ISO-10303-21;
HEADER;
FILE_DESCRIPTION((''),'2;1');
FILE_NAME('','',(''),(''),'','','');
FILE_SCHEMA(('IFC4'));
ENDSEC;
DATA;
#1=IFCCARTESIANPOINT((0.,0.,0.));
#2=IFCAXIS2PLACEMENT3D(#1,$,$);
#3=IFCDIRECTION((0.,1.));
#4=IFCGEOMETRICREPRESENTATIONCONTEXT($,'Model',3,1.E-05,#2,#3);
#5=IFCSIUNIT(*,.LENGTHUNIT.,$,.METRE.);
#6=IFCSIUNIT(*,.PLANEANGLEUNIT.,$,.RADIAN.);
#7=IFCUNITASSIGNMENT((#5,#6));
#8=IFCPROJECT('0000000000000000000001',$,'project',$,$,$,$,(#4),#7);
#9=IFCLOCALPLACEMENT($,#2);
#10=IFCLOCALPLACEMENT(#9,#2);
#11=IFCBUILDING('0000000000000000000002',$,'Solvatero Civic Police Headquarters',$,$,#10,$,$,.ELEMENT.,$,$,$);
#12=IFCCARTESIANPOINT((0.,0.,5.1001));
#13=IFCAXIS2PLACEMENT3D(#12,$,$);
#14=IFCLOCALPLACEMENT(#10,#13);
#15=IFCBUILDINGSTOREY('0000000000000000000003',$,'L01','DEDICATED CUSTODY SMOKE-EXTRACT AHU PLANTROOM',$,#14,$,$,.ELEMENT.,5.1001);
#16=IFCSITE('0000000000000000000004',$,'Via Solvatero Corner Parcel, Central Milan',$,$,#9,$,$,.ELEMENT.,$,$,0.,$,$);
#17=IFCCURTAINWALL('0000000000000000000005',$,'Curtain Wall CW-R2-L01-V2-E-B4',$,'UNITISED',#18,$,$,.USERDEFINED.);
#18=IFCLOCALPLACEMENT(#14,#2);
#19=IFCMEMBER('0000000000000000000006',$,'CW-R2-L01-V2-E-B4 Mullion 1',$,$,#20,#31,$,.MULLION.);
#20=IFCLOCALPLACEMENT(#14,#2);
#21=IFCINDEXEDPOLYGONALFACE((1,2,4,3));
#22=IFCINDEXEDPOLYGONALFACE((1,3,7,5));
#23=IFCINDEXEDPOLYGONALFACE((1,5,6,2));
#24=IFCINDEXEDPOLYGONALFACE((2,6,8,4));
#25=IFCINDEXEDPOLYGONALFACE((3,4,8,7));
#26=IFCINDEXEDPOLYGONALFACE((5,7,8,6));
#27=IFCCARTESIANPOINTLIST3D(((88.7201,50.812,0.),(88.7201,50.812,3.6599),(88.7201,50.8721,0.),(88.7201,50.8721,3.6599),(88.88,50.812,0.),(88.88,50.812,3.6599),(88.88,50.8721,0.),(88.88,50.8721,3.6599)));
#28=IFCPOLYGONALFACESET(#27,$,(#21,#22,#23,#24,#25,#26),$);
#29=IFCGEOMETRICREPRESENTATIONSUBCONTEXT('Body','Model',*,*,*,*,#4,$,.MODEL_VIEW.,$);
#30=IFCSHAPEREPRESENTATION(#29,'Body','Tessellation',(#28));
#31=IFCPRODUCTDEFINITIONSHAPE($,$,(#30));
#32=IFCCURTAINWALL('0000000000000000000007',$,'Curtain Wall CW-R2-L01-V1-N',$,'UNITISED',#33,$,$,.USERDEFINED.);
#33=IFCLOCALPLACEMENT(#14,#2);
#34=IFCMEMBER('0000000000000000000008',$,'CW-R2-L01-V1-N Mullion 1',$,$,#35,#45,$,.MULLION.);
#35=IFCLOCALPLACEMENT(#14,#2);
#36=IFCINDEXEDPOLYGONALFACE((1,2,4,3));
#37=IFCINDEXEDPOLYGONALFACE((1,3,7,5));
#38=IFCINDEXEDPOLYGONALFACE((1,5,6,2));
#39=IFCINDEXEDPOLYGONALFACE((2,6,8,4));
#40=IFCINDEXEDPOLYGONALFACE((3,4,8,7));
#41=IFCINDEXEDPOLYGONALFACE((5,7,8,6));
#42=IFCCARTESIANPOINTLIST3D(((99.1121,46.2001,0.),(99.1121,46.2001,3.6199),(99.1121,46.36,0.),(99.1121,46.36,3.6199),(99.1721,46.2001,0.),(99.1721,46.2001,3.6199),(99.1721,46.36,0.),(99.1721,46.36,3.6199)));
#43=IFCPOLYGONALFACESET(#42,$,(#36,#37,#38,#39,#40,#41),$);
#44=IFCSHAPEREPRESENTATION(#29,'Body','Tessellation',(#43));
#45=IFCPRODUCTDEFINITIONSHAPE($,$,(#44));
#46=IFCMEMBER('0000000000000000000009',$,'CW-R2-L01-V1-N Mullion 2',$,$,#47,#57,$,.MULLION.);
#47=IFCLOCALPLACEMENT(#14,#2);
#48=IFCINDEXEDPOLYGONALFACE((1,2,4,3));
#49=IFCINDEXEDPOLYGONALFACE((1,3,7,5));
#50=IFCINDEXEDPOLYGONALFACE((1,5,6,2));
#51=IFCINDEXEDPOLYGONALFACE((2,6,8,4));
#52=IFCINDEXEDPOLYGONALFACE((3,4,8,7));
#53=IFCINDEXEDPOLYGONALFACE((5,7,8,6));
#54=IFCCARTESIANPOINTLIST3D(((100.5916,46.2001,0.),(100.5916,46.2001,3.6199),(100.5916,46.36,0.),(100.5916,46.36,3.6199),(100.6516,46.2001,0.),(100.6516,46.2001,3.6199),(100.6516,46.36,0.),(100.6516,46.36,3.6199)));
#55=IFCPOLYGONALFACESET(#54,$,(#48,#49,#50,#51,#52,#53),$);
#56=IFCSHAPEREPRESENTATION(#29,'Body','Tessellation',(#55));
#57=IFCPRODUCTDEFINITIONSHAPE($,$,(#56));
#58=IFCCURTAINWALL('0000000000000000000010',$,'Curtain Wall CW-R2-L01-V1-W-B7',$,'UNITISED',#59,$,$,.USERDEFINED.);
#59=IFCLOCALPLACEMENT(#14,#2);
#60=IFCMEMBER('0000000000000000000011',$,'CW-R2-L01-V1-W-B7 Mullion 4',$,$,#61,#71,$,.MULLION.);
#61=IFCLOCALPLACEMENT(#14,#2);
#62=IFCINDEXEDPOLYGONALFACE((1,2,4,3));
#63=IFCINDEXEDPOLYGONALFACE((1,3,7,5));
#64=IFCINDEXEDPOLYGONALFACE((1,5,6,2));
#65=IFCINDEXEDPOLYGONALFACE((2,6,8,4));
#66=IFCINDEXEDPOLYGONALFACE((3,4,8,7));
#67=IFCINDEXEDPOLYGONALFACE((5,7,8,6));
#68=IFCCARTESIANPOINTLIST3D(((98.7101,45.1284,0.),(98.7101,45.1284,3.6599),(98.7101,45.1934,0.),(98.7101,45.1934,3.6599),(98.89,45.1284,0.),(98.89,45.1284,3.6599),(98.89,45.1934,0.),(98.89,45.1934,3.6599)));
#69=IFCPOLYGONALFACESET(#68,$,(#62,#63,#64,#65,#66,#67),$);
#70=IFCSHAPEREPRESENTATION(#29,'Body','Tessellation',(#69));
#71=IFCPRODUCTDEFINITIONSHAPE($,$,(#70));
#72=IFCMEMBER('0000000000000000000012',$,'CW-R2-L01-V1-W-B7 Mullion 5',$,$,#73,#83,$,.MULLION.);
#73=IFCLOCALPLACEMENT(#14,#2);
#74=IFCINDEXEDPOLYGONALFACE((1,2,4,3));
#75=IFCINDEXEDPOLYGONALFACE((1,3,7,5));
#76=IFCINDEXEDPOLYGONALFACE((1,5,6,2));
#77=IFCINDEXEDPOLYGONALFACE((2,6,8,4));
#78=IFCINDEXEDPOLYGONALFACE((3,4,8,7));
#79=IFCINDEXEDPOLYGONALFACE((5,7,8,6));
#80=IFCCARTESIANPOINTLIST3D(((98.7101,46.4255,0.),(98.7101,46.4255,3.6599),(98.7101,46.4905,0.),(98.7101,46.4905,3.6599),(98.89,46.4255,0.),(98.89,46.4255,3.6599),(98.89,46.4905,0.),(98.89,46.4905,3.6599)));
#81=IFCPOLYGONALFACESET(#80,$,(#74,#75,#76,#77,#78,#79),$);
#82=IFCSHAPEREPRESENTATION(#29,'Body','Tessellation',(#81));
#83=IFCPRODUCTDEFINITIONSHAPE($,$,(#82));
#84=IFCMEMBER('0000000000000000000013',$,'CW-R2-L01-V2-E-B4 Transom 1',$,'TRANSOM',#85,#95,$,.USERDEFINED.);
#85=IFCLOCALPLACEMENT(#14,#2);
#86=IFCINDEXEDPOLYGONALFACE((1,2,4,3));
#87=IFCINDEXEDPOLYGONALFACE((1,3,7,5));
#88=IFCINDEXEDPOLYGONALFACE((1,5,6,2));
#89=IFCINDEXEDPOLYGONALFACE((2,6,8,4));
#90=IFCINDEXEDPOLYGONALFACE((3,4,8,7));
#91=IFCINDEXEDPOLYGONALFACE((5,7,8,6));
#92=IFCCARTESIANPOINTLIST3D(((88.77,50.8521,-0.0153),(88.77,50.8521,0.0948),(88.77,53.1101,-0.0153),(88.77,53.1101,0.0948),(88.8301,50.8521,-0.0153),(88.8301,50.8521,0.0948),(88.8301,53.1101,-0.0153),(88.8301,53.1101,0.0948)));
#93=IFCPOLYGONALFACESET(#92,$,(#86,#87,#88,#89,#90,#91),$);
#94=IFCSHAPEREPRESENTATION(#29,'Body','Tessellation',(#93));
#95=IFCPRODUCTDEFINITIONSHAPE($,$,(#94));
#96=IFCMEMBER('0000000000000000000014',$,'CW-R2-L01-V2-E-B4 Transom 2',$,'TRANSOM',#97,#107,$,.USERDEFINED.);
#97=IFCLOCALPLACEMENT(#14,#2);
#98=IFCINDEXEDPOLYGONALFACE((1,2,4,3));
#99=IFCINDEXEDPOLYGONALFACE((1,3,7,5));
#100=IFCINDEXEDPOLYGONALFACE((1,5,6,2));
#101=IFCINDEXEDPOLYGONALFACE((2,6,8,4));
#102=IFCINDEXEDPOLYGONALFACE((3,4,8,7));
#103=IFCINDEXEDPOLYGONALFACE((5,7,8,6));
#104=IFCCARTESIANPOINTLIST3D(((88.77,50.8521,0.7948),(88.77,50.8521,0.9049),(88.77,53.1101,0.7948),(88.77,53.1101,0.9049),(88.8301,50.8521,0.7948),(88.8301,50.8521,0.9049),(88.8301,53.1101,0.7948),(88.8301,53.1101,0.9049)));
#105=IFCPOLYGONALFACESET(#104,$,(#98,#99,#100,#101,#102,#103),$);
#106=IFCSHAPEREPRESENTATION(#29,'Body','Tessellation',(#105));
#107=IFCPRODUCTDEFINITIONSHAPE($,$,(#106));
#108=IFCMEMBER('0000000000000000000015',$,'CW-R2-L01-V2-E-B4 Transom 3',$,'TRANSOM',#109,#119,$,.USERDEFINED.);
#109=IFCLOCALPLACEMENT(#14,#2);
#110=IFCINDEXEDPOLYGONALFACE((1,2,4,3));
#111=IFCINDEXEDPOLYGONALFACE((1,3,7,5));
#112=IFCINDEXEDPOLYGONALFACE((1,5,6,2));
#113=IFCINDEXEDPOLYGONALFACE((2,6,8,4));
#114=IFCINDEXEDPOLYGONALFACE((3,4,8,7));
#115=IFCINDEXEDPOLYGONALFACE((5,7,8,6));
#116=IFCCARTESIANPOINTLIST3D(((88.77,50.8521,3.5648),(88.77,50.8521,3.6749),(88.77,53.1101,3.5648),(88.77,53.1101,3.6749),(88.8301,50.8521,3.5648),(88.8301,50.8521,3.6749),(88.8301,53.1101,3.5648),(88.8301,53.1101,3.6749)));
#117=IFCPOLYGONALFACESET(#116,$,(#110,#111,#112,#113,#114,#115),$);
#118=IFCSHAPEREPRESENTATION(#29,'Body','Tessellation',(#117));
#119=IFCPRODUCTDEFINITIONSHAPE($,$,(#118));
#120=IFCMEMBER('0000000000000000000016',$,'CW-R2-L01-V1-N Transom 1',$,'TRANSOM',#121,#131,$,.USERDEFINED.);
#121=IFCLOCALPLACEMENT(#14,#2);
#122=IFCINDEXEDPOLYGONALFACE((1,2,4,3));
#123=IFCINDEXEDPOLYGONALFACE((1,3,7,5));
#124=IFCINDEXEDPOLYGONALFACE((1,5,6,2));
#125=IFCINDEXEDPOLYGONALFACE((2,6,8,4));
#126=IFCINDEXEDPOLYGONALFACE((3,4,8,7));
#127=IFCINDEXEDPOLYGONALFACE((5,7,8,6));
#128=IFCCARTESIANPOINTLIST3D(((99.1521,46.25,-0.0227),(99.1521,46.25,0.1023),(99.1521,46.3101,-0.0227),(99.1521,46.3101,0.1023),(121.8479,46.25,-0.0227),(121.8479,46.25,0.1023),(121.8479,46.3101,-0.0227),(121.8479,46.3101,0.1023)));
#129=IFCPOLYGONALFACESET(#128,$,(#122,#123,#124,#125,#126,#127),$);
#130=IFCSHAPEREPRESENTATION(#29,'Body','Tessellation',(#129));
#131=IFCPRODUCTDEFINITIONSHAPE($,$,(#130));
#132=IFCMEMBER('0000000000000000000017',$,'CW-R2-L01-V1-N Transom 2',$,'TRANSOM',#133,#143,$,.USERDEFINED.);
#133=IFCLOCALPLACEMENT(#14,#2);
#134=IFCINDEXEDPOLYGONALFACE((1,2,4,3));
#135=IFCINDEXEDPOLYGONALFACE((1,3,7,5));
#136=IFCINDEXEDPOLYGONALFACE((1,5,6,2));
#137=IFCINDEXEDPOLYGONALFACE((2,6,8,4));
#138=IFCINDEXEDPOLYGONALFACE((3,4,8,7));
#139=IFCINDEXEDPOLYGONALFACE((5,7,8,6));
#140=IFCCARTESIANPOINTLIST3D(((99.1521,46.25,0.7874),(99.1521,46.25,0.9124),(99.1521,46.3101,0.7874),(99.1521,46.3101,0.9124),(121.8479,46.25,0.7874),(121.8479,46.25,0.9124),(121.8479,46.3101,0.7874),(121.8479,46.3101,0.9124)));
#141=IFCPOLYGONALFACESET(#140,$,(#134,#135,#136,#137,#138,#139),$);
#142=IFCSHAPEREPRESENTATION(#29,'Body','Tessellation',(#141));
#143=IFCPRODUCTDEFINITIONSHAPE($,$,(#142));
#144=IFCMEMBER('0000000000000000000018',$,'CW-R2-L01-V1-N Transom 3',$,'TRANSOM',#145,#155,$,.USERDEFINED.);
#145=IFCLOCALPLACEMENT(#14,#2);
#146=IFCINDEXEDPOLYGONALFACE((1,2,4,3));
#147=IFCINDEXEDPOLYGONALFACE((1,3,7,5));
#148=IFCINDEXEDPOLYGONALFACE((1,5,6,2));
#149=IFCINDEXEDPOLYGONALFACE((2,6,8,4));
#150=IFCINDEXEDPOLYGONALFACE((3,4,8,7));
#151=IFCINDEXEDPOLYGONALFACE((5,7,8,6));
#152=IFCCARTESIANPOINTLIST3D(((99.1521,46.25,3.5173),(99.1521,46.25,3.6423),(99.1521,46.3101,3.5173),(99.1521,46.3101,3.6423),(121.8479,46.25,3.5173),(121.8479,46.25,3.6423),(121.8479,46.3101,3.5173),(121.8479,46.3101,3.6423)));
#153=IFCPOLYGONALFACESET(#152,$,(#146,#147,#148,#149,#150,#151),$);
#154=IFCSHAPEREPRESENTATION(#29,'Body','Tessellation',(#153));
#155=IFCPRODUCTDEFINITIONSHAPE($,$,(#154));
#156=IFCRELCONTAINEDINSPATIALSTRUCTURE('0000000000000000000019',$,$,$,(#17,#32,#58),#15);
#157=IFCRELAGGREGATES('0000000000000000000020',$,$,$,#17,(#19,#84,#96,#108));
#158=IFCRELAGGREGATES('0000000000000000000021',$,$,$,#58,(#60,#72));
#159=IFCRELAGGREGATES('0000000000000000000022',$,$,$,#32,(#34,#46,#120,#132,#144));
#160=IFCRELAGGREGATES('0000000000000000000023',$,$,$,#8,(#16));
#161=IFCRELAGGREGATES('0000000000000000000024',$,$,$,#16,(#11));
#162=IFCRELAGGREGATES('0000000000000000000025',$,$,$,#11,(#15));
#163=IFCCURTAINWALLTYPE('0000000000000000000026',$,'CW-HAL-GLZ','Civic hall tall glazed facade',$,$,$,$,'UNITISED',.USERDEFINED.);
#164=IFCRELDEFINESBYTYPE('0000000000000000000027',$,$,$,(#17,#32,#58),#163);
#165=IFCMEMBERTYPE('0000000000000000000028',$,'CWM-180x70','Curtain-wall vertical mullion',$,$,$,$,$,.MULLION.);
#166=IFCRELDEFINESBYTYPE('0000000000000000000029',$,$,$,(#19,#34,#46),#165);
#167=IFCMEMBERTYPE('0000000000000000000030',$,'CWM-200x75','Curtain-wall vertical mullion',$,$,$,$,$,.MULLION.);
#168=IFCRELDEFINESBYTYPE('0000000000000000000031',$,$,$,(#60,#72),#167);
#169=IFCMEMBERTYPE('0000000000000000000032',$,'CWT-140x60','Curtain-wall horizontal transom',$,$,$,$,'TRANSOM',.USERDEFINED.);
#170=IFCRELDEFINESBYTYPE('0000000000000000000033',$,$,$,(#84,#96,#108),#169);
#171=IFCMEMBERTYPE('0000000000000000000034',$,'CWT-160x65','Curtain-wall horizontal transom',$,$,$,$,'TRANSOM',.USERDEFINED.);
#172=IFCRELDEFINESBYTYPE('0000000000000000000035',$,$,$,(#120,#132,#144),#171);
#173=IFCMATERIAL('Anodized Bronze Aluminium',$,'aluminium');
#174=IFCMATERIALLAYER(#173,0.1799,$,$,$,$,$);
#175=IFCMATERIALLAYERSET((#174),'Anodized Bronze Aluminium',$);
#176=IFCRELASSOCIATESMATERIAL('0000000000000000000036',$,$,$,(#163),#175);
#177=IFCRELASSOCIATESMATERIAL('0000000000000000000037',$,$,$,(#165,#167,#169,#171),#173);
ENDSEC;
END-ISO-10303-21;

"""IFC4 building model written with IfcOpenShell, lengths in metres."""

from ifc_helpers import new_model, si_unit, direction, frame, origin, origin_2d, place, context, subcontext, project, spatial, rectangle, extrude, material, layer, layer_set, material_profile, profile_set, type_object, element, aggregate, save


model = new_model("IFC4")

# Units and contexts
model_context = context("Model", 3, precision=1e-05, world=origin(), true_north=direction((0.0, 1.0)))
body_context = subcontext(model_context, "Body", "Model", "MODEL_VIEW")
ifc_project = project(units=[si_unit("LENGTHUNIT", "METRE"), si_unit("PLANEANGLEUNIT", "RADIAN")], contexts=[model_context])

# Site, building, storey
site_placement = place(None, origin())
site = spatial("IfcSite", under=ifc_project, at=site_placement, Name="Via Solvatero Corner Parcel, Central Milan", CompositionType="ELEMENT", RefElevation=0.0)
building_placement = place(site_placement, origin())
building = spatial("IfcBuilding", under=site, at=building_placement, Name="Solvatero Civic Police Headquarters", CompositionType="ELEMENT")
storey_placement = place(building_placement, frame((0.0, 0.0, 5.1001)))
storey = spatial("IfcBuildingStorey", under=building, at=storey_placement, Name="L01", Description="DEDICATED CUSTODY SMOKE-EXTRACT AHU PLANTROOM", CompositionType="ELEMENT", Elevation=5.1001)

# Curtain wall, member
ifc_material_1 = material(Name="Anodized Bronze Aluminium", Category="aluminium")
ifc_layer_1 = layer(ifc_material_1, 0.1799)
ifc_layer_set_1 = layer_set([ifc_layer_1], Name="Anodized Bronze Aluminium")
curtain_wall_type = type_object("IfcCurtainWallType", Name="CW-HAL-GLZ", Description="Civic hall tall glazed facade", ElementType="UNITISED", PredefinedType="USERDEFINED", material=ifc_layer_set_1)
curtain_wall_1_placement = place(storey_placement, origin())
curtain_wall_1 = element("IfcCurtainWall", 1, at=curtain_wall_1_placement, inside=storey, type_object=curtain_wall_type, Name="Curtain Wall CW-R2-L01-V2-E-B4", ObjectType="UNITISED", PredefinedType="USERDEFINED")
ifc_material_profile_1 = material_profile(ifc_material_1, rectangle(XDim=0.0601, YDim=0.1599, at=origin_2d()), Name="ALU MULLION 60x160")
ifc_profile_set_1 = profile_set([ifc_material_profile_1], Name="Anodized Bronze Aluminium")
member_type_1 = type_object("IfcMemberType", Name="CWM-180x70", Description="Curtain-wall vertical mullion", PredefinedType="MULLION", material=ifc_profile_set_1)
member_1_placement = place(storey_placement, frame((88.8, 50.842, 0.0), z_axis=(0.0, 0.0, 1.0), x_axis=(0.0, 1.0, 0.0)))
member_1 = element("IfcMember", 2, at=member_1_placement, type_object=member_type_1, Name="CW-R2-L01-V2-E-B4 Mullion 1", PredefinedType="MULLION", context=body_context, shape_type="SweptSolid", body=[
    extrude(rectangle(XDim=0.0601, YDim=0.1599, at=origin_2d()), origin(), (0.0, 0.0, 1.0), 3.6599),
])

# Curtain walls, members
curtain_wall_2_placement = place(storey_placement, origin())
curtain_wall_2 = element("IfcCurtainWall", 3, at=curtain_wall_2_placement, inside=storey, type_object=curtain_wall_type, Name="Curtain Wall CW-R2-L01-V1-N", ObjectType="UNITISED", PredefinedType="USERDEFINED")
member_2_placement = place(storey_placement, frame((99.1421, 46.28, 0.0), z_axis=(0.0, 0.0, 1.0), x_axis=(1.0, 0.0, 0.0)))
member_2 = element("IfcMember", 4, at=member_2_placement, type_object=member_type_1, Name="CW-R2-L01-V1-N Mullion 1", PredefinedType="MULLION", context=body_context, shape_type="SweptSolid", body=[
    extrude(rectangle(XDim=0.0601, YDim=0.1599, at=origin_2d()), origin(), (0.0, 0.0, 1.0), 3.6199),
])
member_3_placement = place(storey_placement, frame((100.6216, 46.28, 0.0), z_axis=(0.0, 0.0, 1.0), x_axis=(1.0, 0.0, 0.0)))
member_3 = element("IfcMember", 5, at=member_3_placement, type_object=member_type_1, Name="CW-R2-L01-V1-N Mullion 2", PredefinedType="MULLION", context=body_context, shape_type="SweptSolid", body=[
    extrude(rectangle(XDim=0.0601, YDim=0.1599, at=origin_2d()), origin(), (0.0, 0.0, 1.0), 3.6199),
])
curtain_wall_3_placement = place(storey_placement, origin())
curtain_wall_3 = element("IfcCurtainWall", 6, at=curtain_wall_3_placement, inside=storey, type_object=curtain_wall_type, Name="Curtain Wall CW-R2-L01-V1-W-B7", ObjectType="UNITISED", PredefinedType="USERDEFINED")
ifc_material_profile_2 = material_profile(ifc_material_1, rectangle(XDim=0.0649, YDim=0.1799, at=origin_2d()), Name="ALU MULLION 65x180")
ifc_profile_set_2 = profile_set([ifc_material_profile_2], Name="Anodized Bronze Aluminium")
member_type_2 = type_object("IfcMemberType", Name="CWM-200x75", Description="Curtain-wall vertical mullion", PredefinedType="MULLION", material=ifc_profile_set_2)
member_4_placement = place(storey_placement, frame((98.8, 45.1609, 0.0), z_axis=(0.0, 0.0, 1.0), x_axis=(0.0, 1.0, 0.0)))
member_4 = element("IfcMember", 7, at=member_4_placement, type_object=member_type_2, Name="CW-R2-L01-V1-W-B7 Mullion 4", PredefinedType="MULLION", context=body_context, shape_type="SweptSolid", body=[
    extrude(rectangle(XDim=0.0649, YDim=0.1799, at=origin_2d()), origin(), (0.0, 0.0, 1.0), 3.6599),
])
member_5_placement = place(storey_placement, frame((98.8, 46.458, 0.0), z_axis=(0.0, 0.0, 1.0), x_axis=(0.0, 1.0, 0.0)))
member_5 = element("IfcMember", 8, at=member_5_placement, type_object=member_type_2, Name="CW-R2-L01-V1-W-B7 Mullion 5", PredefinedType="MULLION", context=body_context, shape_type="SweptSolid", body=[
    extrude(rectangle(XDim=0.0649, YDim=0.1799, at=origin_2d()), origin(), (0.0, 0.0, 1.0), 3.6599),
])

# Members
ifc_material_profile_3 = material_profile(ifc_material_1, rectangle(XDim=0.0601, YDim=0.1101, at=origin_2d()), Name="ALU TRANSOM 60x110")
ifc_profile_set_3 = profile_set([ifc_material_profile_3], Name="Anodized Bronze Aluminium")
member_type_3 = type_object("IfcMemberType", Name="CWT-140x60", Description="Curtain-wall horizontal transom", ElementType="TRANSOM", PredefinedType="USERDEFINED", material=ifc_profile_set_3)
member_6_placement = place(storey_placement, frame((88.8, 50.8521, 0.0398), z_axis=(0.0, 1.0, 0.0), x_axis=(-1.0, 0.0, 0.0)))
member_6 = element("IfcMember", 9, at=member_6_placement, type_object=member_type_3, Name="CW-R2-L01-V2-E-B4 Transom 1", ObjectType="TRANSOM", PredefinedType="USERDEFINED", context=body_context, shape_type="SweptSolid", body=[
    extrude(rectangle(XDim=0.0601, YDim=0.1101, at=origin_2d()), origin(), (0.0, 0.0, 1.0), 2.2581),
])
member_7_placement = place(storey_placement, frame((88.8, 50.8521, 0.8499), z_axis=(0.0, 1.0, 0.0), x_axis=(-1.0, 0.0, 0.0)))
member_7 = element("IfcMember", 10, at=member_7_placement, type_object=member_type_3, Name="CW-R2-L01-V2-E-B4 Transom 2", ObjectType="TRANSOM", PredefinedType="USERDEFINED", context=body_context, shape_type="SweptSolid", body=[
    extrude(rectangle(XDim=0.0601, YDim=0.1101, at=origin_2d()), origin(), (0.0, 0.0, 1.0), 2.2581),
])
member_8_placement = place(storey_placement, frame((88.8, 50.8521, 3.6199), z_axis=(0.0, 1.0, 0.0), x_axis=(-1.0, 0.0, 0.0)))
member_8 = element("IfcMember", 11, at=member_8_placement, type_object=member_type_3, Name="CW-R2-L01-V2-E-B4 Transom 3", ObjectType="TRANSOM", PredefinedType="USERDEFINED", context=body_context, shape_type="SweptSolid", body=[
    extrude(rectangle(XDim=0.0601, YDim=0.1101, at=origin_2d()), origin(), (0.0, 0.0, 1.0), 2.2581),
])
ifc_material_profile_4 = material_profile(ifc_material_1, rectangle(XDim=0.0601, YDim=0.125, at=origin_2d()), Name="ALU TRANSOM 60x125")
ifc_profile_set_4 = profile_set([ifc_material_profile_4], Name="Anodized Bronze Aluminium")
member_type_4 = type_object("IfcMemberType", Name="CWT-160x65", Description="Curtain-wall horizontal transom", ElementType="TRANSOM", PredefinedType="USERDEFINED", material=ifc_profile_set_4)
member_9_placement = place(storey_placement, frame((99.1521, 46.28, 0.0398), z_axis=(1.0, 0.0, 0.0), x_axis=(0.0, 1.0, 0.0)))
member_9 = element("IfcMember", 12, at=member_9_placement, type_object=member_type_4, Name="CW-R2-L01-V1-N Transom 1", ObjectType="TRANSOM", PredefinedType="USERDEFINED", context=body_context, shape_type="SweptSolid", body=[
    extrude(rectangle(XDim=0.0601, YDim=0.125, at=origin_2d()), origin(), (0.0, 0.0, 1.0), 22.6958),
])
member_10_placement = place(storey_placement, frame((99.1521, 46.28, 0.8499), z_axis=(1.0, 0.0, 0.0), x_axis=(0.0, 1.0, 0.0)))
member_10 = element("IfcMember", 13, at=member_10_placement, type_object=member_type_4, Name="CW-R2-L01-V1-N Transom 2", ObjectType="TRANSOM", PredefinedType="USERDEFINED", context=body_context, shape_type="SweptSolid", body=[
    extrude(rectangle(XDim=0.0601, YDim=0.125, at=origin_2d()), origin(), (0.0, 0.0, 1.0), 22.6958),
])
member_11_placement = place(storey_placement, frame((99.1521, 46.28, 3.5798), z_axis=(1.0, 0.0, 0.0), x_axis=(0.0, 1.0, 0.0)))
member_11 = element("IfcMember", 14, at=member_11_placement, type_object=member_type_4, Name="CW-R2-L01-V1-N Transom 3", ObjectType="TRANSOM", PredefinedType="USERDEFINED", context=body_context, shape_type="SweptSolid", body=[
    extrude(rectangle(XDim=0.0601, YDim=0.125, at=origin_2d()), origin(), (0.0, 0.0, 1.0), 22.6958),
])

aggregate(curtain_wall_1, [member_1, member_6, member_7, member_8])
aggregate(curtain_wall_3, [member_4, member_5])
aggregate(curtain_wall_2, [member_2, member_3, member_9, member_10, member_11])

save(model, "model.ifc")
